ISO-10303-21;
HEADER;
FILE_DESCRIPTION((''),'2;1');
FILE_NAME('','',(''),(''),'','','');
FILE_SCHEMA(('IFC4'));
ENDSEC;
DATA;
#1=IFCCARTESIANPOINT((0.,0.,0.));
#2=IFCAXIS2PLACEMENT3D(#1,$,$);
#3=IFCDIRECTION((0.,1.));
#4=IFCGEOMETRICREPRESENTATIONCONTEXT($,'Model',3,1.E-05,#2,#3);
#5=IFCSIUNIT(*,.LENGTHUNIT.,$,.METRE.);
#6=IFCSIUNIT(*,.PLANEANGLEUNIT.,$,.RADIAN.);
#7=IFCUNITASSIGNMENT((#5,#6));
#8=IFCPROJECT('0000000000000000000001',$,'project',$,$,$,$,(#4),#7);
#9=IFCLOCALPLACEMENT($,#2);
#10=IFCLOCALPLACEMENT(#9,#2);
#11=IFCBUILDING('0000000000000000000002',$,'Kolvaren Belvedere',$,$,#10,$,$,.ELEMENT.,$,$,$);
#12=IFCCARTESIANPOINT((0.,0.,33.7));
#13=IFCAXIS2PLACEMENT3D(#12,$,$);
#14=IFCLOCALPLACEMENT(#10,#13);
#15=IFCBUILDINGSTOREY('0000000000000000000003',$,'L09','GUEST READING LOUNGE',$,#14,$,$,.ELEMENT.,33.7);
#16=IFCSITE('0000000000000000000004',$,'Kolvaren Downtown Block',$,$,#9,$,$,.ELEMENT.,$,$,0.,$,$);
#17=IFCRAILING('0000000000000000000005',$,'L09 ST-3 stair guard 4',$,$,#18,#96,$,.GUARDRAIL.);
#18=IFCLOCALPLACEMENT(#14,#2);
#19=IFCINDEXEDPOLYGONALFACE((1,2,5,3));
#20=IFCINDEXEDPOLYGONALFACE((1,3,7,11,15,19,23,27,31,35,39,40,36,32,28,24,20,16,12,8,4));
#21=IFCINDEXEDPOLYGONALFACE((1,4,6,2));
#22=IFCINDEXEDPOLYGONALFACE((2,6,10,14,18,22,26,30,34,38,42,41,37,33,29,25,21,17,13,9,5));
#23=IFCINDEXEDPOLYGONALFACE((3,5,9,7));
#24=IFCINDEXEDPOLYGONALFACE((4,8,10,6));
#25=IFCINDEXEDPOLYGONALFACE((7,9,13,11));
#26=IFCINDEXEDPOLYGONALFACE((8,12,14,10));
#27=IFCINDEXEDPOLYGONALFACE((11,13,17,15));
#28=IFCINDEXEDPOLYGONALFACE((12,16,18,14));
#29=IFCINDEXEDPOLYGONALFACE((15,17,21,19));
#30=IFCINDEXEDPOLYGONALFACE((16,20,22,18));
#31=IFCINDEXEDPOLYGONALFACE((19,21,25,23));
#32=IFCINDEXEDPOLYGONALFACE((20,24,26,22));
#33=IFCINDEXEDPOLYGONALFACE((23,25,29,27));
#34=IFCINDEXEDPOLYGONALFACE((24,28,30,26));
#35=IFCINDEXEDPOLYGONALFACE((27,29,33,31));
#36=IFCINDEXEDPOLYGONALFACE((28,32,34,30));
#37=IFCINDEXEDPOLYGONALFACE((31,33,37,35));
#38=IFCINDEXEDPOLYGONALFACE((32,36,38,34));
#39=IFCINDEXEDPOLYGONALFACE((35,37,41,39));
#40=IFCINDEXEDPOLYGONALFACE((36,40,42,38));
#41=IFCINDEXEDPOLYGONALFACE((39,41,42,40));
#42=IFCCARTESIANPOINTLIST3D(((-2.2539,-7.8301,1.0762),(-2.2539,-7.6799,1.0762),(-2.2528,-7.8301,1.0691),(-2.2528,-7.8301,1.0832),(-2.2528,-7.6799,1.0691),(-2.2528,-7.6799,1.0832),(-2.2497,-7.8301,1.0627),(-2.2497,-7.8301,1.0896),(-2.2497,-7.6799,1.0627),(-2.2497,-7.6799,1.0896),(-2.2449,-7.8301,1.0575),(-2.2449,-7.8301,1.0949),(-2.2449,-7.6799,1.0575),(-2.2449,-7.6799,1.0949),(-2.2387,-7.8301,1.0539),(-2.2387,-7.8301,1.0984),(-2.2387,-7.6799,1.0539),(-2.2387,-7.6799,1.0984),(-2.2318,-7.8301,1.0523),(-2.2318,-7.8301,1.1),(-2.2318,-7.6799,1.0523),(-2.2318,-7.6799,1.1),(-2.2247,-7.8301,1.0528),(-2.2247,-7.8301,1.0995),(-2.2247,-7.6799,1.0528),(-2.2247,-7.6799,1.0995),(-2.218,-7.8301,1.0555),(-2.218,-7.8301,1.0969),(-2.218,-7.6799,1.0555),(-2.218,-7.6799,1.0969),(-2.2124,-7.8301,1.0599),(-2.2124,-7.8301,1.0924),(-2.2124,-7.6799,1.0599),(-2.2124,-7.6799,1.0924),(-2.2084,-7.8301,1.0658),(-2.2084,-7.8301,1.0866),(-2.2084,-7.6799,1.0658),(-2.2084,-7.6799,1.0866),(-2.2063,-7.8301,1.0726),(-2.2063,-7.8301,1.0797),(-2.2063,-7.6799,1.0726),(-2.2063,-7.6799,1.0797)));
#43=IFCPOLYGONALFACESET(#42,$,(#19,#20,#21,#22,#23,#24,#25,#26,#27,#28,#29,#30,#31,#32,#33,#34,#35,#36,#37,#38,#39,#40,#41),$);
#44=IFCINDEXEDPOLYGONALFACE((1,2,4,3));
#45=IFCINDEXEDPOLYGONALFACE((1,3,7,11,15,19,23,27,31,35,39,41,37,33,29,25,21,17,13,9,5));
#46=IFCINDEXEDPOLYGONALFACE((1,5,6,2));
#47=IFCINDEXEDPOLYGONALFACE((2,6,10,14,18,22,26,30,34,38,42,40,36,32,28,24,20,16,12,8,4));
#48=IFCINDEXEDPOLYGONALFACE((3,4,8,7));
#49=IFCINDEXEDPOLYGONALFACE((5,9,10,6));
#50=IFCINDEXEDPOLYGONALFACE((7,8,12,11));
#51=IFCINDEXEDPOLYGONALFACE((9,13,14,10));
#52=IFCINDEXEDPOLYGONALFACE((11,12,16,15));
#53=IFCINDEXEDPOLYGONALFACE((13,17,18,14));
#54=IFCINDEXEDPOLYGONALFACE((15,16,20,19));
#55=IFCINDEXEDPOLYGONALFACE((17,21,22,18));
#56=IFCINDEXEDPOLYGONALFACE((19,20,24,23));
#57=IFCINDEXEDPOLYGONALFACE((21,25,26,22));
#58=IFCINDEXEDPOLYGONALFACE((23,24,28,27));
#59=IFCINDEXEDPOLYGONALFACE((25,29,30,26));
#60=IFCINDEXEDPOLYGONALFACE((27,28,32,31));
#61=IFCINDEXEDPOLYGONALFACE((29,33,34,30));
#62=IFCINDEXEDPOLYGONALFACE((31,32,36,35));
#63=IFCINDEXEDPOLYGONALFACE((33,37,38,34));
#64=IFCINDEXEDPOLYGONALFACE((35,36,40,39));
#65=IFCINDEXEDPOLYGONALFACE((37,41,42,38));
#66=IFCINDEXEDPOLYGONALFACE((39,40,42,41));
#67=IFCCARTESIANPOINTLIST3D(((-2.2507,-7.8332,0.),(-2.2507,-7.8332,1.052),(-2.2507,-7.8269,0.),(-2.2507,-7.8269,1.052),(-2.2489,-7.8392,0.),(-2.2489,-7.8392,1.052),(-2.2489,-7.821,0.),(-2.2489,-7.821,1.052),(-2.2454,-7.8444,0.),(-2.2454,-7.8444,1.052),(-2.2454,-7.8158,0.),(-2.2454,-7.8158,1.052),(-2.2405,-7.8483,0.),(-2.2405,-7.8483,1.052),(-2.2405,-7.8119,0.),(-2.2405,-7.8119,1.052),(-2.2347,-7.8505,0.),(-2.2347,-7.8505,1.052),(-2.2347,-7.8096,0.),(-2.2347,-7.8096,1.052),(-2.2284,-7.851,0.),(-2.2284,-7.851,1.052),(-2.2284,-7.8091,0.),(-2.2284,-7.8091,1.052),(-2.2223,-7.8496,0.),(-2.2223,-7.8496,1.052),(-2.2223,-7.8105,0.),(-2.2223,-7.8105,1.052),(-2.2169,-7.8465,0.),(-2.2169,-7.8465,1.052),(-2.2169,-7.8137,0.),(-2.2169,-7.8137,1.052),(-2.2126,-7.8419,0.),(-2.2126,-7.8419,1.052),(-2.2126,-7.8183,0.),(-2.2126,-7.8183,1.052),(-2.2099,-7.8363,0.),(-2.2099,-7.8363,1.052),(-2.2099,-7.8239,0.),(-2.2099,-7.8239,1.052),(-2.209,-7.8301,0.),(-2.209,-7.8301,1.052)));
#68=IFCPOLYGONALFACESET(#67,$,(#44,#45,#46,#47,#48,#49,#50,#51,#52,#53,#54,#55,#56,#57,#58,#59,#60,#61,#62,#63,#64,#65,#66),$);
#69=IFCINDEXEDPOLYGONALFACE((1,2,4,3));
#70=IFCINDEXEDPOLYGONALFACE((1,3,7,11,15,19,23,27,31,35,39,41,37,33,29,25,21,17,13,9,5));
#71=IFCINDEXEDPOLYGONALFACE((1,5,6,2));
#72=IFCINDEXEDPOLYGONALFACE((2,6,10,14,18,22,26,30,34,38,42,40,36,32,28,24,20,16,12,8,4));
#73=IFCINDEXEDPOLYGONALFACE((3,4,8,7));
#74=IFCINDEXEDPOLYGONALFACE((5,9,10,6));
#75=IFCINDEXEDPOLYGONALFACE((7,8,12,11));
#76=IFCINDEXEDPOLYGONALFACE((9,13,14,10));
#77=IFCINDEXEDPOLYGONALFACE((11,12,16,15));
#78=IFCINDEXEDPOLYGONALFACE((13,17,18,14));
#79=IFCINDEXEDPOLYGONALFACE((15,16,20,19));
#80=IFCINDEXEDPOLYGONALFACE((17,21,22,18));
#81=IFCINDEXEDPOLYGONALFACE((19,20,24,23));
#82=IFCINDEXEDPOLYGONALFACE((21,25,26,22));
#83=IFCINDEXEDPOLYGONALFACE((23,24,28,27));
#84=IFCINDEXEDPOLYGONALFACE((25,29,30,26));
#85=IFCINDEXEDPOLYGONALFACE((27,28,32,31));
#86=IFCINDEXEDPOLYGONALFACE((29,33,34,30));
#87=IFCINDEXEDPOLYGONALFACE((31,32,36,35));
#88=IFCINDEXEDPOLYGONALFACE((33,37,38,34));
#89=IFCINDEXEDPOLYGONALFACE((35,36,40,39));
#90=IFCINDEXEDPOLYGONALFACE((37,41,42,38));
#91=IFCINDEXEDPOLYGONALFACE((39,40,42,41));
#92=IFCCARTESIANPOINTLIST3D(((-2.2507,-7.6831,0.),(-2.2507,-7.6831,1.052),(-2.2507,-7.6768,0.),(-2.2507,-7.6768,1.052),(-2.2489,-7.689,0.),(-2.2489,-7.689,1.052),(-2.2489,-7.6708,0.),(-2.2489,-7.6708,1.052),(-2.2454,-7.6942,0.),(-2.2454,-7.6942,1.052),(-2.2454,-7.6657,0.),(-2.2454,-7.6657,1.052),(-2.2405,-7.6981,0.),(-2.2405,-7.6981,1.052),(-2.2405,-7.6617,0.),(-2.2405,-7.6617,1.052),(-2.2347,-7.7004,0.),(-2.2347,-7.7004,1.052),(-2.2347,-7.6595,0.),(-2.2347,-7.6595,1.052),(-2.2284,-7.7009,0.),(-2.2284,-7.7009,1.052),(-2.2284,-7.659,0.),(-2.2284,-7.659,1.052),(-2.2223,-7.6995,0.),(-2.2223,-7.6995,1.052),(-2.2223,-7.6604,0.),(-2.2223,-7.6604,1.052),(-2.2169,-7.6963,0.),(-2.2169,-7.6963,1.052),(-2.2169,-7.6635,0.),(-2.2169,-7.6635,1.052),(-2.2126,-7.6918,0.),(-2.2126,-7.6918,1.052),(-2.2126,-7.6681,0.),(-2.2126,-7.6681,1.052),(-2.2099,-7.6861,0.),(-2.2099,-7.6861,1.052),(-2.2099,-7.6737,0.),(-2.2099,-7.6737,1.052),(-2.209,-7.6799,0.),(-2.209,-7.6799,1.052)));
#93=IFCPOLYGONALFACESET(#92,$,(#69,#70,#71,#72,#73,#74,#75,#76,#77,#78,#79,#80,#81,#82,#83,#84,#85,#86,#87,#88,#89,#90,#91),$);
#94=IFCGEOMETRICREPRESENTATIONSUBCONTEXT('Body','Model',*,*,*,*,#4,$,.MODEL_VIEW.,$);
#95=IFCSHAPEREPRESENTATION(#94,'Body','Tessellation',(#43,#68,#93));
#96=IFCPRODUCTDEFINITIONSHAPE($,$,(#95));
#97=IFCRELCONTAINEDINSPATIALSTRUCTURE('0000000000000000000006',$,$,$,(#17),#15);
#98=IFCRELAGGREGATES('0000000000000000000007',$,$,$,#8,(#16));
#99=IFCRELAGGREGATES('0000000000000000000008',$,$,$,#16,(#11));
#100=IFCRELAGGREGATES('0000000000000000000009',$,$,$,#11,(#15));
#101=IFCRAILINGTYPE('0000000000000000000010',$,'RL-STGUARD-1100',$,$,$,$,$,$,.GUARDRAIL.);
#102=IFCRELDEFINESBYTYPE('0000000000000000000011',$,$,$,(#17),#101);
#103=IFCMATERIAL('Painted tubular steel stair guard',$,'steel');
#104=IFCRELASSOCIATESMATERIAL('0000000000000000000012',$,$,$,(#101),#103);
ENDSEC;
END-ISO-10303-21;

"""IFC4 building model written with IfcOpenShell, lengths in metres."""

from ifc_helpers import new_model, si_unit, direction, frame, origin, origin_2d, place, context, subcontext, project, spatial, circle, extrude, material, type_object, element, save


model = new_model("IFC4")

# Units and contexts
model_context = context("Model", 3, precision=1e-05, world=origin(), true_north=direction((0.0, 1.0)))
body_context = subcontext(model_context, "Body", "Model", "MODEL_VIEW")
ifc_project = project(units=[si_unit("LENGTHUNIT", "METRE"), si_unit("PLANEANGLEUNIT", "RADIAN")], contexts=[model_context])

# Site, building, storey
site_placement = place(None, origin())
site = spatial("IfcSite", under=ifc_project, at=site_placement, Name="Kolvaren Downtown Block", CompositionType="ELEMENT", RefElevation=0.0)
building_placement = place(site_placement, origin())
building = spatial("IfcBuilding", under=site, at=building_placement, Name="Kolvaren Belvedere", CompositionType="ELEMENT")
storey_placement = place(building_placement, frame((0.0, 0.0, 33.7)))
storey = spatial("IfcBuildingStorey", under=building, at=storey_placement, Name="L09", Description="GUEST READING LOUNGE", CompositionType="ELEMENT", Elevation=33.7)

# Railing
ifc_material_1 = material(Name="Painted tubular steel stair guard", Category="steel")
railing_type = type_object("IfcRailingType", Name="RL-STGUARD-1100", PredefinedType="GUARDRAIL", material=ifc_material_1)
railing_1_placement = place(storey_placement, frame((-2.23, -7.8301, 0.0)))
element("IfcRailing", 1, at=railing_1_placement, inside=storey, type_object=railing_type, Name="L09 ST-3 stair guard 4", PredefinedType="GUARDRAIL", context=body_context, shape_type="SweptSolid", body=[
    extrude(circle(Radius=0.0239, at=origin_2d()), frame((0.0, 0.0, 1.0762), z_axis=(0.0, 1.0, 0.0), x_axis=(-1.0, 0.0, 0.0)), (0.0, 0.0, 1.0), 0.1501),
    extrude(circle(Radius=0.021, at=origin_2d()), origin(), (0.0, 0.0, 1.0), 1.052),
    extrude(circle(Radius=0.021, at=origin_2d()), frame((0.0, 0.1501, 0.0)), (0.0, 0.0, 1.0), 1.052),
])

save(model, "model.ifc")
